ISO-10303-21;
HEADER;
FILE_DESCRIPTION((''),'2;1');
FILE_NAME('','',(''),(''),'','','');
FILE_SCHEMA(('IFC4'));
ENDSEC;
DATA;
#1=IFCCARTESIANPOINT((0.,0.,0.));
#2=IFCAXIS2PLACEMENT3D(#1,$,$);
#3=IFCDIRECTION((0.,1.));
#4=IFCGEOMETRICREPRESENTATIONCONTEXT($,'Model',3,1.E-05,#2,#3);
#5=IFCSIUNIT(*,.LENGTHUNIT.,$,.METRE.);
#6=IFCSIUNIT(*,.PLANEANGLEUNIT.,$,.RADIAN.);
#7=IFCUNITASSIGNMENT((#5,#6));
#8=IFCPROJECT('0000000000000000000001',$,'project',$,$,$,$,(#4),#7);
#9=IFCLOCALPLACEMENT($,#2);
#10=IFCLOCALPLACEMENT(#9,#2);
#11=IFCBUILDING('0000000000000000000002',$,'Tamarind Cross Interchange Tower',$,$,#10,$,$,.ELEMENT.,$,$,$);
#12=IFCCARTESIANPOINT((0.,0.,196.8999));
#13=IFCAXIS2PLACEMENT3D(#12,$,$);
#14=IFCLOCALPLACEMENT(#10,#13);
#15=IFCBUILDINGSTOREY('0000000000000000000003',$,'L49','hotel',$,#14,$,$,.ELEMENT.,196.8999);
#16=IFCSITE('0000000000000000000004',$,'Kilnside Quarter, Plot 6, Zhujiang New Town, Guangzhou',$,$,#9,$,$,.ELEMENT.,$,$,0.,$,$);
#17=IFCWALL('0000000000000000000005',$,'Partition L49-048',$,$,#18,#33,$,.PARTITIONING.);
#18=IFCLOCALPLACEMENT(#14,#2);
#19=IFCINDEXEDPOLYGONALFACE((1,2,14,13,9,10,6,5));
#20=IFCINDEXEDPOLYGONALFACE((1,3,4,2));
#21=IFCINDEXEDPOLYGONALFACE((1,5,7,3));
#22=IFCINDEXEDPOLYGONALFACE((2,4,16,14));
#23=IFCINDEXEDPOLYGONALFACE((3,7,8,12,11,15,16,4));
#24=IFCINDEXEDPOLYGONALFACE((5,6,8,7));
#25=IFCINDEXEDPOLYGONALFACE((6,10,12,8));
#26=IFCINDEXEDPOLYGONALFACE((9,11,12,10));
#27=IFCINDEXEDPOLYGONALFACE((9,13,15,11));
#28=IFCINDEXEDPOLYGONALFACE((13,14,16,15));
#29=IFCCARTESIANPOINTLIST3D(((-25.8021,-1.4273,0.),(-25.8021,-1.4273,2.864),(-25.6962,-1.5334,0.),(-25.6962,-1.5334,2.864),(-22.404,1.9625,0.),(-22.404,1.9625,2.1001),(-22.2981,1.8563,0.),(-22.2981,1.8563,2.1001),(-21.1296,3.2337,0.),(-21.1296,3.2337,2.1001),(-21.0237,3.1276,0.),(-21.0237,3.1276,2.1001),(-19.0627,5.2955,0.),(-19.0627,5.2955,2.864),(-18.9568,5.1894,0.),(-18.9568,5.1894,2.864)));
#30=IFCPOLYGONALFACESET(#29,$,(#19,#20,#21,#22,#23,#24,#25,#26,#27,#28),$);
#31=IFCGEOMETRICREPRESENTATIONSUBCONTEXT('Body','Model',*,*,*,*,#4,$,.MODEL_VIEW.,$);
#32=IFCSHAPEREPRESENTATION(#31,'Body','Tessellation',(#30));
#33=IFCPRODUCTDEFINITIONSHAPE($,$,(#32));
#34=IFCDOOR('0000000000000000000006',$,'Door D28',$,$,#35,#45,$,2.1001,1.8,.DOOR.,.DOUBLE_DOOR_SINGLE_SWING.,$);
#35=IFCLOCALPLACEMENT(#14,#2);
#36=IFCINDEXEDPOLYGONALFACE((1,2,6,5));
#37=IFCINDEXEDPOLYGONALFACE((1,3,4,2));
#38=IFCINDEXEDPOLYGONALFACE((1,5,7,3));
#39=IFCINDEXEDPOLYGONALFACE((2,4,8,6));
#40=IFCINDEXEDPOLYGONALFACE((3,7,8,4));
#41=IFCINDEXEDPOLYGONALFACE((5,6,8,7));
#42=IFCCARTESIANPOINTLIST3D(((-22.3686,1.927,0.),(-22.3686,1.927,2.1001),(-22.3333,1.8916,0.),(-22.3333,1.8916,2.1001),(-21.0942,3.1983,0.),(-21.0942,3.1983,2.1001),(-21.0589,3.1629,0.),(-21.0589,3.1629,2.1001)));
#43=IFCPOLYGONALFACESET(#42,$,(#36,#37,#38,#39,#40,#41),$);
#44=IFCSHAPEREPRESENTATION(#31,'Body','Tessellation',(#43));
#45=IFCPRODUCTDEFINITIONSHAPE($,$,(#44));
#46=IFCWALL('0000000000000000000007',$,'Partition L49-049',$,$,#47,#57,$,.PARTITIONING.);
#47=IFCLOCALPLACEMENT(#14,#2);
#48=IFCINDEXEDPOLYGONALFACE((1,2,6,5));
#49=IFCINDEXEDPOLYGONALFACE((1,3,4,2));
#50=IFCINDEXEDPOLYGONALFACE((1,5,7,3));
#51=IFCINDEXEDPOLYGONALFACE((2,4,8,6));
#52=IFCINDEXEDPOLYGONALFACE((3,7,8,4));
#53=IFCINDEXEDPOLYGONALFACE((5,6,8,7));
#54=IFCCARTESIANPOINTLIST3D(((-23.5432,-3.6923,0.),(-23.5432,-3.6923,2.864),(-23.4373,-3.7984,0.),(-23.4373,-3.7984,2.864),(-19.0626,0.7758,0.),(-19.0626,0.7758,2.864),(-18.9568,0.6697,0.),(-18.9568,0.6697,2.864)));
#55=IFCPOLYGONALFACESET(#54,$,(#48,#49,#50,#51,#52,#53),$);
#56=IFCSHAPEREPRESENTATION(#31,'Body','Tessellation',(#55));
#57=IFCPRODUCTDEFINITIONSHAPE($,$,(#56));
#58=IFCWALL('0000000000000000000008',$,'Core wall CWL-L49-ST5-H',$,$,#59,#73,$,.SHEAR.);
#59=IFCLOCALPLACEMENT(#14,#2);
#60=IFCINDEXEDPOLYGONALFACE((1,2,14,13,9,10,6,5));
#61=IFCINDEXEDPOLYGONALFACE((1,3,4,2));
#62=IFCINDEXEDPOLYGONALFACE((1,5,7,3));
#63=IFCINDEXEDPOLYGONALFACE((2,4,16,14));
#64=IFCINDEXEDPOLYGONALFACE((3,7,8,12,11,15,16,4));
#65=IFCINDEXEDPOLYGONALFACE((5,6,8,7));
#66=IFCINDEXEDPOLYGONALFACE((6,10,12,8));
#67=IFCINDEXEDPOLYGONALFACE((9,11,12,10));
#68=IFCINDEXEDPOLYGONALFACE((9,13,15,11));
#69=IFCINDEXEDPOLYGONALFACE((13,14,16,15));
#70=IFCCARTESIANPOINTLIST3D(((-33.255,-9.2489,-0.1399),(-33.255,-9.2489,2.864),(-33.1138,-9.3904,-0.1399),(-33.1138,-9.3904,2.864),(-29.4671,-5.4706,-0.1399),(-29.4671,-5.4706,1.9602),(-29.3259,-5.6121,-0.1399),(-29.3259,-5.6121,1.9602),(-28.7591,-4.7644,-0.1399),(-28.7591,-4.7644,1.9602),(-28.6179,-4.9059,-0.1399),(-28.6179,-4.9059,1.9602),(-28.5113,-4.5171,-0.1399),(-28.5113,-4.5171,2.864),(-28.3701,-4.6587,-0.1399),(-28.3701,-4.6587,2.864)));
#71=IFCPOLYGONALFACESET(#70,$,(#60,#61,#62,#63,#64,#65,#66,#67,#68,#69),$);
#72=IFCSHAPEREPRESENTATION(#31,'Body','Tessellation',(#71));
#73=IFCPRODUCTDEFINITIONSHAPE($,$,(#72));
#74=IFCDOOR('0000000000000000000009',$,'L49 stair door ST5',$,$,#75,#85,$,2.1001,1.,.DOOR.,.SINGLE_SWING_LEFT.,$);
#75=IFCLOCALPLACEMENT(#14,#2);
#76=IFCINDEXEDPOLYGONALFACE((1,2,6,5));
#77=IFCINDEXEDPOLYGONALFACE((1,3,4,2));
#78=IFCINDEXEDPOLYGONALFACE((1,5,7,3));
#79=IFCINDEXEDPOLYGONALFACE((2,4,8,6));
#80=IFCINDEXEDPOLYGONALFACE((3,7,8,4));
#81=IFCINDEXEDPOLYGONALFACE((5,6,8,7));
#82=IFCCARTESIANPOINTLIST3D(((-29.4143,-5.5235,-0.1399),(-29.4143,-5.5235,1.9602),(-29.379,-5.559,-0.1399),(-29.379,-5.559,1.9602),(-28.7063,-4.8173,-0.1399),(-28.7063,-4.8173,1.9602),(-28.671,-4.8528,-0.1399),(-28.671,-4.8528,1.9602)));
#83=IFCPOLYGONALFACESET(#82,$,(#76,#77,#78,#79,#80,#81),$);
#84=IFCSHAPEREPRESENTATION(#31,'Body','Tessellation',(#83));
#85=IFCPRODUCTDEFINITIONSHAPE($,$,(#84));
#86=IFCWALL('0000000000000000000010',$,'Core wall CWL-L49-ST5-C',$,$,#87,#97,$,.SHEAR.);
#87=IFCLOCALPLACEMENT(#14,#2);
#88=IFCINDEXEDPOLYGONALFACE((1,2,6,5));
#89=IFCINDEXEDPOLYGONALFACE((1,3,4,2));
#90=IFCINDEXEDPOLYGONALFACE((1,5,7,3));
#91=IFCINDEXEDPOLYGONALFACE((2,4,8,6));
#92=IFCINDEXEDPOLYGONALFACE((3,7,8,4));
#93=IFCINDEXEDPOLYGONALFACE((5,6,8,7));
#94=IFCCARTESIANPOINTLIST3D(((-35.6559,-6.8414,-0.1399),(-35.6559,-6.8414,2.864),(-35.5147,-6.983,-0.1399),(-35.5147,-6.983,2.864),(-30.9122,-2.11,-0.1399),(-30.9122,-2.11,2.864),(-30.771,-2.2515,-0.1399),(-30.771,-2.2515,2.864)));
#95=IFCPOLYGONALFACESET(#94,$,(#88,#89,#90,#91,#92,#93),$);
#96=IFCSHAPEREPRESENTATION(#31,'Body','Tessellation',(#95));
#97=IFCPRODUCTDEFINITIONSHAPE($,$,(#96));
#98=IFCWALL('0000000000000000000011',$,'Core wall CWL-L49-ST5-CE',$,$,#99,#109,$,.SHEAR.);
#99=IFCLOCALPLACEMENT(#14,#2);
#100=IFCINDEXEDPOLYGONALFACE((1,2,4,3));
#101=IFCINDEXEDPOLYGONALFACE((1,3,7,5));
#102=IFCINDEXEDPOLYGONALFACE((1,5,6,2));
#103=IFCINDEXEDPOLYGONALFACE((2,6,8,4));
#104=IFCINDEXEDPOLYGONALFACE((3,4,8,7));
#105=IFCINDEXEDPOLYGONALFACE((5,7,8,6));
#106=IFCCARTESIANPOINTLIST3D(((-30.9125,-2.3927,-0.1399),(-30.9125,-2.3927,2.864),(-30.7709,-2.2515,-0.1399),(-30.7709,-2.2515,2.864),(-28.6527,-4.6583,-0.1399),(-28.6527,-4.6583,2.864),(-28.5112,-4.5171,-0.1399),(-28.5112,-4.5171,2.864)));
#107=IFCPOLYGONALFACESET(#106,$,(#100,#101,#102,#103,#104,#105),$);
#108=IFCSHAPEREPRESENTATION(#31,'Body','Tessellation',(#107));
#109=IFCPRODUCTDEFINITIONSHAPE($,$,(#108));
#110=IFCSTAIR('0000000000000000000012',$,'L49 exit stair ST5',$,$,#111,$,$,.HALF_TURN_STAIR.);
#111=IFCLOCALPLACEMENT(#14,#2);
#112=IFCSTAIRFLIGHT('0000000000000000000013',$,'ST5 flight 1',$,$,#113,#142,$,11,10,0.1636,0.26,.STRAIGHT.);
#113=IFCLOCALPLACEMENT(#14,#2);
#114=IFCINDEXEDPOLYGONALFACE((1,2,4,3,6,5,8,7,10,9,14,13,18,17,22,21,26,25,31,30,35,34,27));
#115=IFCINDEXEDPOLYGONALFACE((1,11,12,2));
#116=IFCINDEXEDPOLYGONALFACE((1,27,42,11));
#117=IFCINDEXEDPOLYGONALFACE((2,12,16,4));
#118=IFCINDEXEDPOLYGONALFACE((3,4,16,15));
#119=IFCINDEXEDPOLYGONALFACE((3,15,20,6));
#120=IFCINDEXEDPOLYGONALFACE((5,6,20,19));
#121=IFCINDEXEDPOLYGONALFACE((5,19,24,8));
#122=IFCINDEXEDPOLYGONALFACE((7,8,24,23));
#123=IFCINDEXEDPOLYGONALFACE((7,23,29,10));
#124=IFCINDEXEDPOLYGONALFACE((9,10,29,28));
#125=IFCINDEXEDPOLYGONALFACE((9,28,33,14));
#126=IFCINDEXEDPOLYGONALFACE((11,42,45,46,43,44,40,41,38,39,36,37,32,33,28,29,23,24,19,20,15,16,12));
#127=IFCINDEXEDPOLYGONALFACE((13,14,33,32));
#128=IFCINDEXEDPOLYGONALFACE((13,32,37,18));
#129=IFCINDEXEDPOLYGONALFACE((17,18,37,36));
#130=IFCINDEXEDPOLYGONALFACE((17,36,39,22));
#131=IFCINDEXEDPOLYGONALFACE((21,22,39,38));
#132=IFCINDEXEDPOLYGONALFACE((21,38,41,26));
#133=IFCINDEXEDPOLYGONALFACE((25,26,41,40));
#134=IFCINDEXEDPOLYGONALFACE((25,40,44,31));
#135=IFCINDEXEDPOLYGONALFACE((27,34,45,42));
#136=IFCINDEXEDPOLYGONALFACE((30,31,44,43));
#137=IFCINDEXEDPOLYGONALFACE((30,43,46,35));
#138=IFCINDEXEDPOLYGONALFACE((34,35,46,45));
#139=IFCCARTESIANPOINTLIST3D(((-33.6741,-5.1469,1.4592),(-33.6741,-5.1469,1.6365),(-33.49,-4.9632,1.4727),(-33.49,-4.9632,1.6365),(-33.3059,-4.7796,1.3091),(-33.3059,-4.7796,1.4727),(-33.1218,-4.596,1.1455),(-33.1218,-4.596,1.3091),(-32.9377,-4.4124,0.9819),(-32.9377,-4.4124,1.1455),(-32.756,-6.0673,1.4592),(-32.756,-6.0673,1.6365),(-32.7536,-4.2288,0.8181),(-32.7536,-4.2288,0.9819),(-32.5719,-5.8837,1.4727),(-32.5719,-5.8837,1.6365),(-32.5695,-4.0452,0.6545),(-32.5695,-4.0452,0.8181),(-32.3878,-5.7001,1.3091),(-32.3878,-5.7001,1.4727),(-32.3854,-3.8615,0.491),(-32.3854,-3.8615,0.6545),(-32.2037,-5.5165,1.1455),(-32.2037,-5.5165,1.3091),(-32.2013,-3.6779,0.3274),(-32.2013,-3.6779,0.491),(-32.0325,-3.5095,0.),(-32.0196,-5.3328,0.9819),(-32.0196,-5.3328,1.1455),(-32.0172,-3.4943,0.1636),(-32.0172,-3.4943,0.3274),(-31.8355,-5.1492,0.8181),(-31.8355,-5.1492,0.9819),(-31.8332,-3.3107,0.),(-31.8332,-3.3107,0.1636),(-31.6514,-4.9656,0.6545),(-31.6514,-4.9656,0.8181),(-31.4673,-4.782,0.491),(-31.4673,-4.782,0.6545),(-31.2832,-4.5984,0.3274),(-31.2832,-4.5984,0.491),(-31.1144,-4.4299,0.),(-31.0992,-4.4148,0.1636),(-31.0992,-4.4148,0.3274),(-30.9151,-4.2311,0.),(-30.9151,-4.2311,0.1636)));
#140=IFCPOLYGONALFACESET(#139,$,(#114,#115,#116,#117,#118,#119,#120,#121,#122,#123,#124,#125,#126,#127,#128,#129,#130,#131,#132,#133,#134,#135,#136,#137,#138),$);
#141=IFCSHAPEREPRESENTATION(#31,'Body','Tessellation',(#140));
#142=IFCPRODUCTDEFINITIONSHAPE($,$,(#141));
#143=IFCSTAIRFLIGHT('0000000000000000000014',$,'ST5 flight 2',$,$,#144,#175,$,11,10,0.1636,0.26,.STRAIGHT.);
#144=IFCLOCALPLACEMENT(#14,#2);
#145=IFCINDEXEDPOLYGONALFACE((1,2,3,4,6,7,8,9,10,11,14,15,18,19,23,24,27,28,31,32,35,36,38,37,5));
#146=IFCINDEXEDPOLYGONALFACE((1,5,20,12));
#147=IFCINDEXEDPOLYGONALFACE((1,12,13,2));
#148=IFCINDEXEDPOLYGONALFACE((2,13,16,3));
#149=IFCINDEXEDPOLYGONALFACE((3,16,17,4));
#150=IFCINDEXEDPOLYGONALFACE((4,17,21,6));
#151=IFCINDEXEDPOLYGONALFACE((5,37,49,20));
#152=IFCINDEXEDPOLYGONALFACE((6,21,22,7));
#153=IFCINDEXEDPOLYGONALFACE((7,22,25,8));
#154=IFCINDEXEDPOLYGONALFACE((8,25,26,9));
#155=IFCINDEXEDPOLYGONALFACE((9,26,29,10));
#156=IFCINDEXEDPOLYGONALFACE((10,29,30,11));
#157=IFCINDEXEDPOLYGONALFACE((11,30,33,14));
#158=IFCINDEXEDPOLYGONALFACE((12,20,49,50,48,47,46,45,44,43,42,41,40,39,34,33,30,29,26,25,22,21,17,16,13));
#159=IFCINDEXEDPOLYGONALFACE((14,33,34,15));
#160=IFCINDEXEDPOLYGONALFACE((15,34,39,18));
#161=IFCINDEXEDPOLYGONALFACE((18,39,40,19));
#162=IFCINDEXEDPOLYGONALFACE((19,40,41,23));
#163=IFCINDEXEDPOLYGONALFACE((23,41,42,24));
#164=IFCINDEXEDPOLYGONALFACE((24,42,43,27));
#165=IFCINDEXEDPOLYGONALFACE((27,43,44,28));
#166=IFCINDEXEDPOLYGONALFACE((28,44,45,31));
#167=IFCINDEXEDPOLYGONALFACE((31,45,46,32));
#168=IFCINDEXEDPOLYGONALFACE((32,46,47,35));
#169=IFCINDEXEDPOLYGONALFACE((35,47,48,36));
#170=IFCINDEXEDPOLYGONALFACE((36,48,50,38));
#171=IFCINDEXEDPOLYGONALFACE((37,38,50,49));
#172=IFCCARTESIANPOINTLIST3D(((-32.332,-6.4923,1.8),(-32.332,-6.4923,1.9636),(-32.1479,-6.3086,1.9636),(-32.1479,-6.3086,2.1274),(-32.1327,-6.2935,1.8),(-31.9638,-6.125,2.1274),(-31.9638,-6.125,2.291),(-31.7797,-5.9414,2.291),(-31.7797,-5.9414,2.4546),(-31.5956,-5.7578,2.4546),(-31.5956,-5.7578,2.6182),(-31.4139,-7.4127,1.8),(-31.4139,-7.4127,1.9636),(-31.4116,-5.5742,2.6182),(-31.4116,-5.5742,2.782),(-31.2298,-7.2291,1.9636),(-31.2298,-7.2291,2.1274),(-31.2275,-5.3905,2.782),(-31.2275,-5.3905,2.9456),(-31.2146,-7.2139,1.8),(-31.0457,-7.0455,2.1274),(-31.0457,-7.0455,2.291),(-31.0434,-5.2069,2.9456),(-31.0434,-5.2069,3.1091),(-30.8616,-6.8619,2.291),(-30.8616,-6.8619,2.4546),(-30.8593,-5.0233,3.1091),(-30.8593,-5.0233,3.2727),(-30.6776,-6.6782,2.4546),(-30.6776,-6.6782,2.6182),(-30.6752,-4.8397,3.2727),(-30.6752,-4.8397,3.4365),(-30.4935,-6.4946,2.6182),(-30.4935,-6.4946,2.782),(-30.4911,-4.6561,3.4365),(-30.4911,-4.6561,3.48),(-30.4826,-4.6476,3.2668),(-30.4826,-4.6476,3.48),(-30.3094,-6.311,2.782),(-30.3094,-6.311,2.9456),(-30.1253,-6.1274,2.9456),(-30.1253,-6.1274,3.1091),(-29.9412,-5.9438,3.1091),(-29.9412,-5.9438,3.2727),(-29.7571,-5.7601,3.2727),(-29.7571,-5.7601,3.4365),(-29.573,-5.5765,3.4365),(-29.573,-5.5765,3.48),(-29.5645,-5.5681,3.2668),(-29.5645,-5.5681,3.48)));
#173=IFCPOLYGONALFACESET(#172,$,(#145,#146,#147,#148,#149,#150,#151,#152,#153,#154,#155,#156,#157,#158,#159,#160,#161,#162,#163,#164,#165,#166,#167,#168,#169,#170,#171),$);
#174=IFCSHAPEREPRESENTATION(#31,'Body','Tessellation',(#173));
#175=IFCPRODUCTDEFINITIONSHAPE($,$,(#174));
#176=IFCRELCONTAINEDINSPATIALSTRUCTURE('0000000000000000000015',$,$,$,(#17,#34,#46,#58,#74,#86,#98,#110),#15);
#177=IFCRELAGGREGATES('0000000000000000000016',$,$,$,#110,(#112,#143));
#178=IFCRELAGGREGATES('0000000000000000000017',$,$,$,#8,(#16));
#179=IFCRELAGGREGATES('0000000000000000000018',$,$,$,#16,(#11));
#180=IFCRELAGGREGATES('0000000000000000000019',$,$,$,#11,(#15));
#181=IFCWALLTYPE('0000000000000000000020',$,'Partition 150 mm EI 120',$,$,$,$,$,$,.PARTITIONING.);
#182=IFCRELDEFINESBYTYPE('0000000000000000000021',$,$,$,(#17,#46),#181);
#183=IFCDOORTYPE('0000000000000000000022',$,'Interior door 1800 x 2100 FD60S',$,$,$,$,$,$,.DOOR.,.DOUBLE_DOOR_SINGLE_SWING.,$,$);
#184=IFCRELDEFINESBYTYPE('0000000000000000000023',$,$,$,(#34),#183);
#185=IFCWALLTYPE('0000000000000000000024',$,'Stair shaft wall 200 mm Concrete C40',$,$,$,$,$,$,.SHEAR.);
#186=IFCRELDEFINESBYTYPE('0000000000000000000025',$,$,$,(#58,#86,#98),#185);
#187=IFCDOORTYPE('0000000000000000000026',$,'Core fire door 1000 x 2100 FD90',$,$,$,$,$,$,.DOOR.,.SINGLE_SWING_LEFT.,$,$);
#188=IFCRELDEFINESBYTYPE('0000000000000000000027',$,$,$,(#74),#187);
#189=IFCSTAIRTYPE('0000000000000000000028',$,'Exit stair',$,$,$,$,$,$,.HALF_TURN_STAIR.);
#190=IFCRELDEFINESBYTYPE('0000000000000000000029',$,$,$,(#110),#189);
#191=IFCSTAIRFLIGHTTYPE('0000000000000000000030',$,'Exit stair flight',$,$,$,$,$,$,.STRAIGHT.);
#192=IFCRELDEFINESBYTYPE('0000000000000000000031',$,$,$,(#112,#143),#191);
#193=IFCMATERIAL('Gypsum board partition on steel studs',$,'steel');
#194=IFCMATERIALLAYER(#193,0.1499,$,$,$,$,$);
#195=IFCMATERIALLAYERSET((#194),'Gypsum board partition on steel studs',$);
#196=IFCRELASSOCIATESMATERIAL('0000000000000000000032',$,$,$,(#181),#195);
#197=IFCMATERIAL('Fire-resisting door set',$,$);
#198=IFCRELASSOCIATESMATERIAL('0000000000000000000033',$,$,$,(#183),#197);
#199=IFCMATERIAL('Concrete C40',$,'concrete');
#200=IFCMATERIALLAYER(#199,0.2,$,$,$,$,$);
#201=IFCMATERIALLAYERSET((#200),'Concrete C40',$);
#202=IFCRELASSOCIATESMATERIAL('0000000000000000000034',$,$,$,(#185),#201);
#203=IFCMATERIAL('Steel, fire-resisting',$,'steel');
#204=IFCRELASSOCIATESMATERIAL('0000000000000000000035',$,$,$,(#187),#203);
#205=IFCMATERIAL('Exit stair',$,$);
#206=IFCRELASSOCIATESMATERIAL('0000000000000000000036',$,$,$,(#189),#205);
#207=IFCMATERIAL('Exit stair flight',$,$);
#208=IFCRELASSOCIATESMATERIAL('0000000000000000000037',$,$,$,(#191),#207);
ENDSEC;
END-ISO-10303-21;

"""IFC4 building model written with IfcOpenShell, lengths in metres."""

from ifc_helpers import new_model, si_unit, direction, frame, frame_2d, origin, place, context, subcontext, project, spatial, polyline, rectangle, outline, extrude, material, layer, layer_set, type_object, element, fill, aggregate, save


model = new_model("IFC4")

# Units and contexts
model_context = context("Model", 3, precision=1e-05, world=origin(), true_north=direction((0.0, 1.0)))
body_context = subcontext(model_context, "Body", "Model", "MODEL_VIEW")
ifc_project = project(units=[si_unit("LENGTHUNIT", "METRE"), si_unit("PLANEANGLEUNIT", "RADIAN")], contexts=[model_context])

# Site, building, storey
site_placement = place(None, origin())
site = spatial("IfcSite", under=ifc_project, at=site_placement, Name="Kilnside Quarter, Plot 6, Zhujiang New Town, Guangzhou", CompositionType="ELEMENT", RefElevation=0.0)
building_placement = place(site_placement, origin())
building = spatial("IfcBuilding", under=site, at=building_placement, Name="Tamarind Cross Interchange Tower", CompositionType="ELEMENT")
storey_placement = place(building_placement, frame((0.0, 0.0, 196.8999)))
storey = spatial("IfcBuildingStorey", under=building, at=storey_placement, Name="L49", Description="hotel", CompositionType="ELEMENT", Elevation=196.8999)

# Shared definitions
ifc_material_1 = material(Name="Gypsum board partition on steel studs", Category="steel")
ifc_layer_1 = layer(ifc_material_1, 0.1499)
ifc_layer_set_1 = layer_set([ifc_layer_1], Name="Gypsum board partition on steel studs")
wall_type_1 = type_object("IfcWallType", Name="Partition 150 mm EI 120", PredefinedType="PARTITIONING", material=ifc_layer_set_1)

# Shared definitions
ifc_material_2 = material(Name="Fire-resisting door set")

# Wall, opening, door
wall_1_placement = place(storey_placement, frame((-25.7493, -1.4805, 0.0), z_axis=(0.0, 0.0, 1.0), x_axis=(0.707978, 0.706234, 0.0)))
wall_1 = element("IfcWall", 1, at=wall_1_placement, inside=storey, type_object=wall_type_1, Name="Partition L49-048", PredefinedType="PARTITIONING", context=body_context, shape_type="SweptSolid", body=[
    extrude(rectangle(XDim=9.5193, YDim=0.1499, at=frame_2d((4.7598, 0.0))), origin(), (0.0, 0.0, 1.0), 2.864),
])
opening_1_placement = place(wall_1_placement, frame((4.8, 0.0, 0.0)))
opening_1 = element("IfcOpeningElement", 2, at=opening_1_placement, cuts=wall_1, PredefinedType="OPENING", context=body_context, shape_type="SweptSolid", body=[
    extrude(rectangle(XDim=1.8, YDim=2.1001, at=frame_2d((0.8999, 1.05))), frame((0.0, 0.085, 0.0), z_axis=(0.0, -1.0, 0.0), x_axis=(1.0, 0.0, 0.0)), (0.0, 0.0, 1.0), 0.1699),
])
door_type_1 = type_object("IfcDoorType", Name="Interior door 1800 x 2100 FD60S", OperationType="DOUBLE_DOOR_SINGLE_SWING", PredefinedType="DOOR", material=ifc_material_2)
door_1_placement = place(opening_1_placement, origin())
door_1 = element("IfcDoor", 3, at=door_1_placement, inside=storey, type_object=door_type_1, Name="Door D28", OperationType="DOUBLE_DOOR_SINGLE_SWING", OverallHeight=2.1001, OverallWidth=1.8, PredefinedType="DOOR", context=body_context, shape_type="SweptSolid", body=[
    extrude(rectangle(XDim=1.8, YDim=2.1001, at=frame_2d((0.8999, 1.05))), frame((0.0, 0.0249, 0.0), z_axis=(0.0, -1.0, 0.0), x_axis=(1.0, 0.0, 0.0)), (0.0, 0.0, 1.0), 0.05),
])
fill(opening_1, door_1)

# Wall
wall_2_placement = place(storey_placement, frame((-23.4902, -3.7454, 0.0), z_axis=(0.0, 0.0, 1.0), x_axis=(0.70809, 0.706122, 0.0)))
element("IfcWall", 4, at=wall_2_placement, inside=storey, type_object=wall_type_1, Name="Partition L49-049", PredefinedType="PARTITIONING", context=body_context, shape_type="SweptSolid", body=[
    extrude(rectangle(XDim=6.3276, YDim=0.1499, at=frame_2d((3.1638, 0.0))), origin(), (0.0, 0.0, 1.0), 2.864),
])

# Wall, opening, door
ifc_material_3 = material(Name="Concrete C40", Category="concrete")
ifc_layer_2 = layer(ifc_material_3, 0.2)
ifc_layer_set_2 = layer_set([ifc_layer_2], Name="Concrete C40")
wall_type_2 = type_object("IfcWallType", Name="Stair shaft wall 200 mm Concrete C40", PredefinedType="SHEAR", material=ifc_layer_set_2)
wall_3_placement = place(storey_placement, frame((-28.4407, -4.5879, -0.1399), z_axis=(0.0, 0.0, 1.0), x_axis=(-0.707999, -0.706213, 0.0)))
wall_3 = element("IfcWall", 5, at=wall_3_placement, inside=storey, type_object=wall_type_2, Name="Core wall CWL-L49-ST5-H", PredefinedType="SHEAR", context=body_context, shape_type="SweptSolid", body=[
    extrude(rectangle(XDim=6.7002, YDim=0.2, at=frame_2d((3.3501, 0.0))), origin(), (0.0, 0.0, 1.0), 3.0039),
])
opening_2_placement = place(wall_3_placement, frame((0.3501, 0.0, 0.0)))
opening_2 = element("IfcOpeningElement", 6, at=opening_2_placement, cuts=wall_3, PredefinedType="OPENING", context=body_context, shape_type="SweptSolid", body=[
    extrude(rectangle(XDim=1.0, YDim=2.1001, at=frame_2d((0.5, 1.05))), frame((0.0, 0.1099, 0.0), z_axis=(0.0, -1.0, 0.0), x_axis=(1.0, 0.0, 0.0)), (0.0, 0.0, 1.0), 0.22),
])
ifc_material_4 = material(Name="Steel, fire-resisting", Category="steel")
door_type_2 = type_object("IfcDoorType", Name="Core fire door 1000 x 2100 FD90", OperationType="SINGLE_SWING_LEFT", PredefinedType="DOOR", material=ifc_material_4)
door_2_placement = place(opening_2_placement, origin())
door_2 = element("IfcDoor", 7, at=door_2_placement, inside=storey, type_object=door_type_2, Name="L49 stair door ST5", OperationType="SINGLE_SWING_LEFT", OverallHeight=2.1001, OverallWidth=1.0, PredefinedType="DOOR", context=body_context, shape_type="SweptSolid", body=[
    extrude(rectangle(XDim=1.0, YDim=2.1001, at=frame_2d((0.5, 1.05))), frame((0.0, 0.0249, 0.0), z_axis=(0.0, -1.0, 0.0), x_axis=(1.0, 0.0, 0.0)), (0.0, 0.0, 1.0), 0.05),
])
fill(opening_2, door_2)

# Walls
wall_4_placement = place(storey_placement, frame((-30.8416, -2.1807, -0.1399), z_axis=(0.0, 0.0, 1.0), x_axis=(-0.708017, -0.706195, 0.0)))
element("IfcWall", 8, at=wall_4_placement, inside=storey, type_object=wall_type_2, Name="Core wall CWL-L49-ST5-C", PredefinedType="SHEAR", context=body_context, shape_type="SweptSolid", body=[
    extrude(rectangle(XDim=6.7, YDim=0.2, at=frame_2d((3.3501, 0.0))), origin(), (0.0, 0.0, 1.0), 3.0039),
])
wall_5_placement = place(storey_placement, frame((-30.8418, -2.322, -0.1399), z_axis=(0.0, 0.0, 1.0), x_axis=(0.706191, -0.708022, 0.0)))
element("IfcWall", 9, at=wall_5_placement, inside=storey, type_object=wall_type_2, Name="Core wall CWL-L49-ST5-CE", PredefinedType="SHEAR", context=body_context, shape_type="SweptSolid", body=[
    extrude(rectangle(XDim=3.2, YDim=0.2, at=frame_2d((1.6001, 0.0))), origin(), (0.0, 0.0, 1.0), 3.0039),
])

# Stair, stair flights
ifc_material_5 = material(Name="Exit stair")
stair_type = type_object("IfcStairType", Name="Exit stair", PredefinedType="HALF_TURN_STAIR", material=ifc_material_5)
stair_placement = place(storey_placement, origin())
stair = element("IfcStair", 10, at=stair_placement, inside=storey, type_object=stair_type, Name="L49 exit stair ST5", PredefinedType="HALF_TURN_STAIR")
ifc_material_6 = material(Name="Exit stair flight")
stair_flight_type = type_object("IfcStairFlightType", Name="Exit stair flight", PredefinedType="STRAIGHT", material=ifc_material_6)
stair_flight_1_placement = place(storey_placement, frame((-31.374, -3.771, 0.0), z_axis=(0.0, 0.0, 1.0), x_axis=(-0.708015, -0.706198, 0.0)))
stair_flight_1 = element("IfcStairFlight", 11, at=stair_flight_1_placement, type_object=stair_flight_type, Name="ST5 flight 1", NumberOfRisers=11, NumberOfTreads=10, PredefinedType="STRAIGHT", RiserHeight=0.1636, TreadLength=0.26, context=body_context, shape_type="SweptSolid", body=[
    extrude(outline(polyline([(0.0, 0.0), (0.0, 0.1636), (0.26, 0.1636), (0.26, 0.3274), (0.52, 0.3274), (0.52, 0.491), (0.78, 0.491), (0.78, 0.6545), (1.04, 0.6545), (1.04, 0.8181), (1.3, 0.8181), (1.3, 0.9819), (1.5601, 0.9819), (1.5601, 1.1455), (1.8201, 1.1455), (1.8201, 1.3091), (2.0801, 1.3091), (2.0801, 1.4727), (2.3401, 1.4727), (2.3401, 1.6365), (2.6001, 1.6365), (2.6001, 1.8), (2.6001, 1.4592), (0.2815, 0.0), (0.0, 0.0)])), frame((0.0, 0.6499, 0.0), z_axis=(0.0, -1.0, 0.0), x_axis=(1.0, 0.0, 0.0)), (0.0, 0.0, 1.0), 1.3),
])
stair_flight_2_placement = place(storey_placement, frame((-31.873, -6.9524, 1.8), z_axis=(0.0, 0.0, 1.0), x_axis=(0.708015, 0.706198, 0.0)))
stair_flight_2 = element("IfcStairFlight", 12, at=stair_flight_2_placement, type_object=stair_flight_type, Name="ST5 flight 2", NumberOfRisers=11, NumberOfTreads=10, PredefinedType="STRAIGHT", RiserHeight=0.1636, TreadLength=0.26, context=body_context, shape_type="SweptSolid", body=[
    extrude(outline(polyline([(0.0, 0.0), (0.0, 0.1636), (0.26, 0.1636), (0.26, 0.3274), (0.52, 0.3274), (0.52, 0.491), (0.78, 0.491), (0.78, 0.6545), (1.04, 0.6545), (1.04, 0.8181), (1.3, 0.8181), (1.3, 0.9819), (1.5601, 0.9819), (1.5601, 1.1455), (1.8201, 1.1455), (1.8201, 1.3091), (2.0801, 1.3091), (2.0801, 1.4727), (2.3401, 1.4727), (2.3401, 1.6365), (2.6001, 1.6365), (2.6001, 1.6799), (2.6121, 1.6799), (2.6121, 1.4668), (0.2815, 0.0), (0.0, 0.0)])), frame((0.0, 0.6499, 0.0), z_axis=(0.0, -1.0, 0.0), x_axis=(1.0, 0.0, 0.0)), (0.0, 0.0, 1.0), 1.3),
])
aggregate(stair, [stair_flight_1, stair_flight_2])

save(model, "model.ifc")
